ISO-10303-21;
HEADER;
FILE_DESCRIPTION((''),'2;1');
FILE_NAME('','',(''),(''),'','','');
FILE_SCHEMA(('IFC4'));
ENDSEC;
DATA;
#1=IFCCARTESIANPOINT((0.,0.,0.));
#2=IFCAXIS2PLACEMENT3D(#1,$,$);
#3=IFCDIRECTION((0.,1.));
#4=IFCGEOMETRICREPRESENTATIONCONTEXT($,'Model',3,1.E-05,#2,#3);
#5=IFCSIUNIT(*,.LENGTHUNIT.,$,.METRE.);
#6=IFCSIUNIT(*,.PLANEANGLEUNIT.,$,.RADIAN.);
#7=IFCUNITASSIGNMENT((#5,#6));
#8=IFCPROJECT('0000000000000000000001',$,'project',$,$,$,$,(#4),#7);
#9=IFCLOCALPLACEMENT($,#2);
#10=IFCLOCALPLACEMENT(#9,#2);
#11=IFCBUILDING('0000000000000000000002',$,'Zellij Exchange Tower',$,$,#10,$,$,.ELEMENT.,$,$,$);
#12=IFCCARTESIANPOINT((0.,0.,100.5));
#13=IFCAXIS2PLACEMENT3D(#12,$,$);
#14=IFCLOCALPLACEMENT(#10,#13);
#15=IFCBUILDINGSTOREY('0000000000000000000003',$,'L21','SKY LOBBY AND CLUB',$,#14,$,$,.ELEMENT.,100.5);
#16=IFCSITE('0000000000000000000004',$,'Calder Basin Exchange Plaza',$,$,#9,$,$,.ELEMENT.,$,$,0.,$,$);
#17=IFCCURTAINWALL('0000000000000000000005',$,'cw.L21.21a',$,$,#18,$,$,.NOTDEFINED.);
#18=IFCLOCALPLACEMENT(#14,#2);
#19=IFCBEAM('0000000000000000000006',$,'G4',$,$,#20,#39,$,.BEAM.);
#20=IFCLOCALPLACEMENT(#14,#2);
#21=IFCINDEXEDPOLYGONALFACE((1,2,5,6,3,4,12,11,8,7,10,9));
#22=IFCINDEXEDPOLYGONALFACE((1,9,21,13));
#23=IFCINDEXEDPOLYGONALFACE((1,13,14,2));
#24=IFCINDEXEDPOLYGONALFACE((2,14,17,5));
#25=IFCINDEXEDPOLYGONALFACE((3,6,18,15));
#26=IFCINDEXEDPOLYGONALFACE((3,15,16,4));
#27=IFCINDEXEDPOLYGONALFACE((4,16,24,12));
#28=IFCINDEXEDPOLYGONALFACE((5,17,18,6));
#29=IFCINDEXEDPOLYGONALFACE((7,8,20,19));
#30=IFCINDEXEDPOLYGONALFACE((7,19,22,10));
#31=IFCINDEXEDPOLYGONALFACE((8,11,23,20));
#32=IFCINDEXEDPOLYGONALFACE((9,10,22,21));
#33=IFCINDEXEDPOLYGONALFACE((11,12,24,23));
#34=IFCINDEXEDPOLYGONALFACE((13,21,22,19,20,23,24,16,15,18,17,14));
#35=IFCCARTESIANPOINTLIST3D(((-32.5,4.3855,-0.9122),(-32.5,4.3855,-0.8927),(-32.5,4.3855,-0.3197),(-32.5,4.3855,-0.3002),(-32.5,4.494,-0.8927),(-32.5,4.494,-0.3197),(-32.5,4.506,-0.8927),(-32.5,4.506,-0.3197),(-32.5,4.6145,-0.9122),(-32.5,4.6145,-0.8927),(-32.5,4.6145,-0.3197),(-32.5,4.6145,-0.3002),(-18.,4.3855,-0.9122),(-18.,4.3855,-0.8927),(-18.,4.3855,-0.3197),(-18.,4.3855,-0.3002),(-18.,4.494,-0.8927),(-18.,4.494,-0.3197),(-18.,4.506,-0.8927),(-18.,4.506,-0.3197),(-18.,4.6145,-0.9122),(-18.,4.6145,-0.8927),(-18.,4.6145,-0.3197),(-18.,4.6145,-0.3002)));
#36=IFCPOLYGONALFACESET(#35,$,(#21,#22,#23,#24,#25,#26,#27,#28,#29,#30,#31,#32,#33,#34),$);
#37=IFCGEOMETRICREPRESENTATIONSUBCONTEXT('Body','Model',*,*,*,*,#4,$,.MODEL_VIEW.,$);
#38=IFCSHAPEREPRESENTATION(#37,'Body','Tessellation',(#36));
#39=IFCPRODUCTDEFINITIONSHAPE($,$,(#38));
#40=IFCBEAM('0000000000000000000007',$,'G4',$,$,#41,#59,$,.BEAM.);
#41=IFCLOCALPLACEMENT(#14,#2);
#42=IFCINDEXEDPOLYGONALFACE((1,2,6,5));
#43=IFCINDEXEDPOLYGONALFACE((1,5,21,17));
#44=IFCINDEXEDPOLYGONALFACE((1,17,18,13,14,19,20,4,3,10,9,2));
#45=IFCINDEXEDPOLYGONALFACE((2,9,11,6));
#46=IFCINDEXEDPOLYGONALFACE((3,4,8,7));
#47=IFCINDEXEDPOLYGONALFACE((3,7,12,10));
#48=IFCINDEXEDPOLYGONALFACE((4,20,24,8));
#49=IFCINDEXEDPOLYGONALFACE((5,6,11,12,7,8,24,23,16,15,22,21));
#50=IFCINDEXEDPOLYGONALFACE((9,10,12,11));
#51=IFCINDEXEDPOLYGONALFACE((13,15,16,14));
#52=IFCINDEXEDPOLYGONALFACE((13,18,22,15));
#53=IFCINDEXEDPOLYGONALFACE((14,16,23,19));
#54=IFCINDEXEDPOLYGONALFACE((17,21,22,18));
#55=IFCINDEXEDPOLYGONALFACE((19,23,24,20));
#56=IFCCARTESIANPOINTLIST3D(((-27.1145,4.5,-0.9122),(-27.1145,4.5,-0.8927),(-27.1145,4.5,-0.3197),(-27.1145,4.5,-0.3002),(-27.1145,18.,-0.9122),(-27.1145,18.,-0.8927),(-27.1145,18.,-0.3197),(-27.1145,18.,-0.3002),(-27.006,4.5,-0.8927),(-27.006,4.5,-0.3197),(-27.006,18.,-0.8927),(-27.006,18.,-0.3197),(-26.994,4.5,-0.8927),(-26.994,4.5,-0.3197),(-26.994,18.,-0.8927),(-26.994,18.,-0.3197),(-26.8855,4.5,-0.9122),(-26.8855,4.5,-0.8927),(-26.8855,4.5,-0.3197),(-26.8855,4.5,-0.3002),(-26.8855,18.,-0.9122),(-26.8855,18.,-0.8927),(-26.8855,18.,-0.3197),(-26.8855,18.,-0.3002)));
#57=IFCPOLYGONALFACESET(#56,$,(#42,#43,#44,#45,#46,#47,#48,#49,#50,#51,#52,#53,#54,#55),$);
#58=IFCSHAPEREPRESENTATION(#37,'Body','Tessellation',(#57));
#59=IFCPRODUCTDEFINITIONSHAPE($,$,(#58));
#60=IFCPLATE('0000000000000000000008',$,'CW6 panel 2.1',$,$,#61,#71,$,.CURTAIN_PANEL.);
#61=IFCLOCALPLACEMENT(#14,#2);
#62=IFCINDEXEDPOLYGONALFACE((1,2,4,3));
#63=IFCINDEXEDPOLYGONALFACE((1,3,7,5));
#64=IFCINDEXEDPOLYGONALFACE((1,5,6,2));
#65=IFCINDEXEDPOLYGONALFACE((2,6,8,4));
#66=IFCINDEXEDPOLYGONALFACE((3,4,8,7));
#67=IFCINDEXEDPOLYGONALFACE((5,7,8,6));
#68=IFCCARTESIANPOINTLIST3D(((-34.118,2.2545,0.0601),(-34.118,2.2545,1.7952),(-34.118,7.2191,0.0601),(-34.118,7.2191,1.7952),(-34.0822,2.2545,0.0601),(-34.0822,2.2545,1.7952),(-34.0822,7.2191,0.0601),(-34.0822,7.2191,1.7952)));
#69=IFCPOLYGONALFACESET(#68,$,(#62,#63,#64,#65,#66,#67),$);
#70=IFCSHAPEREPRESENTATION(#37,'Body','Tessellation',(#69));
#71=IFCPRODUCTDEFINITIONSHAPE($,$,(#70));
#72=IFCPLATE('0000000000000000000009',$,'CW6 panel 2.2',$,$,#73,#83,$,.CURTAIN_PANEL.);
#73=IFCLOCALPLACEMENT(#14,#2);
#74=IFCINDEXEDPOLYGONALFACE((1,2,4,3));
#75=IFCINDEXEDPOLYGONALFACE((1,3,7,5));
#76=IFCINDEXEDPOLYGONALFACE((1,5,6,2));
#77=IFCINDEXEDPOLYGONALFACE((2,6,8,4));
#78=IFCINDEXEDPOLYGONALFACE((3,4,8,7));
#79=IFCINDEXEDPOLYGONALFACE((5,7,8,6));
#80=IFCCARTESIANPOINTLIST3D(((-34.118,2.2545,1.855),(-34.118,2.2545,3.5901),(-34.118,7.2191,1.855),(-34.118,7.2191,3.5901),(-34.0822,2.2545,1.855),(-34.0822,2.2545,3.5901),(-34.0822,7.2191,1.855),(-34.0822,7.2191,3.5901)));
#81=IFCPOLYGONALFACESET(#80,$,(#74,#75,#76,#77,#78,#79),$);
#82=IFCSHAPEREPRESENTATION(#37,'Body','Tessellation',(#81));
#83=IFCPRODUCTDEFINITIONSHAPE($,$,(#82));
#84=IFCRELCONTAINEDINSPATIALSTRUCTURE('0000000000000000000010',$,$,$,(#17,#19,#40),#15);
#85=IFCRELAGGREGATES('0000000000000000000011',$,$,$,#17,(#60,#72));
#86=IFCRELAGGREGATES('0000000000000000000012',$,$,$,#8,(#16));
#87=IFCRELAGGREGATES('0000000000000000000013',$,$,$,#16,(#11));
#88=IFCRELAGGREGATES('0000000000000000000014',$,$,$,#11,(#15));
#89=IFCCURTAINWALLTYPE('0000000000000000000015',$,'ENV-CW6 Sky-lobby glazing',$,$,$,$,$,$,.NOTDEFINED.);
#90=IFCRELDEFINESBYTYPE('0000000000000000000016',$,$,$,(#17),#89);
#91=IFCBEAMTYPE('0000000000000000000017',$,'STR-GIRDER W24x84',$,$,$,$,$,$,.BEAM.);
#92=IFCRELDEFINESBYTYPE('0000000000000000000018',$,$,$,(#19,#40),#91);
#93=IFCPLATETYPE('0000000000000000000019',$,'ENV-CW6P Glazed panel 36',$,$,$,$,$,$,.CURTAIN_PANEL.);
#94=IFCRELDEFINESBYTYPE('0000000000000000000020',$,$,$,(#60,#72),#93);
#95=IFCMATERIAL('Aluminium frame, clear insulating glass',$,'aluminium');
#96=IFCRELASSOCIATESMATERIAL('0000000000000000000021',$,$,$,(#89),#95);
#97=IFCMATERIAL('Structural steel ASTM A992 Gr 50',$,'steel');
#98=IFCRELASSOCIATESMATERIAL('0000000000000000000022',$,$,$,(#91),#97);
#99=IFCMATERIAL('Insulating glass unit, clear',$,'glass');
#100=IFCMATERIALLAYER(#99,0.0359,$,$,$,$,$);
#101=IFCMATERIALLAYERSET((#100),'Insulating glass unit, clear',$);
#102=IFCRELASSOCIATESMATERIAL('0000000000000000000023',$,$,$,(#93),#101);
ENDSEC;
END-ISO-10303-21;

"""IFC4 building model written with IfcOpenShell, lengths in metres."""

from ifc_helpers import new_model, si_unit, direction, frame, origin, origin_2d, place, context, subcontext, project, spatial, rectangle, i_section, extrude, material, layer, layer_set, material_profile, profile_set, type_object, element, aggregate, save


model = new_model("IFC4")

# Units and contexts
model_context = context("Model", 3, precision=1e-05, world=origin(), true_north=direction((0.0, 1.0)))
body_context = subcontext(model_context, "Body", "Model", "MODEL_VIEW")
ifc_project = project(units=[si_unit("LENGTHUNIT", "METRE"), si_unit("PLANEANGLEUNIT", "RADIAN")], contexts=[model_context])

# Site, building, storey
site_placement = place(None, origin())
site = spatial("IfcSite", under=ifc_project, at=site_placement, Name="Calder Basin Exchange Plaza", CompositionType="ELEMENT", RefElevation=0.0)
building_placement = place(site_placement, origin())
building = spatial("IfcBuilding", under=site, at=building_placement, Name="Zellij Exchange Tower", CompositionType="ELEMENT")
storey_placement = place(building_placement, frame((0.0, 0.0, 100.5)))
storey = spatial("IfcBuildingStorey", under=building, at=storey_placement, Name="L21", Description="SKY LOBBY AND CLUB", CompositionType="ELEMENT", Elevation=100.5)

# Curtain wall
ifc_material_1 = material(Name="Aluminium frame, clear insulating glass", Category="aluminium")
curtain_wall_type = type_object("IfcCurtainWallType", Name="ENV-CW6 Sky-lobby glazing", PredefinedType="NOTDEFINED", material=ifc_material_1)
curtain_wall_placement = place(storey_placement, origin())
curtain_wall = element("IfcCurtainWall", 1, at=curtain_wall_placement, inside=storey, type_object=curtain_wall_type, Name="cw.L21.21a", PredefinedType="NOTDEFINED")

# Beams
ifc_material_2 = material(Name="Structural steel ASTM A992 Gr 50", Category="steel")
ifc_material_profile_1 = material_profile(ifc_material_2, i_section(OverallWidth=0.229, OverallDepth=0.6121, WebThickness=0.012, FlangeThickness=0.0195, at=origin_2d()), Name="W24x84")
ifc_profile_set_1 = profile_set([ifc_material_profile_1], Name="Structural steel ASTM A992 Gr 50")
beam_type_1 = type_object("IfcBeamType", Name="STR-GIRDER W24x84", PredefinedType="BEAM", material=ifc_profile_set_1)
beam_1_placement = place(storey_placement, frame((-32.5, 4.5, -0.6062), z_axis=(1.0, 0.0, 0.0), x_axis=(0.0, 1.0, 0.0)))
element("IfcBeam", 2, at=beam_1_placement, inside=storey, type_object=beam_type_1, Name="G4", PredefinedType="BEAM", context=body_context, shape_type="SweptSolid", body=[
    extrude(i_section(OverallWidth=0.229, OverallDepth=0.6121, WebThickness=0.012, FlangeThickness=0.0195, at=origin_2d()), origin(), (0.0, 0.0, 1.0), 14.5),
])
beam_2_placement = place(storey_placement, frame((-27.0, 4.5, -0.6062), z_axis=(0.0, 1.0, 0.0), x_axis=(-1.0, 0.0, 0.0)))
element("IfcBeam", 3, at=beam_2_placement, inside=storey, type_object=beam_type_1, Name="G4", PredefinedType="BEAM", context=body_context, shape_type="SweptSolid", body=[
    extrude(i_section(OverallWidth=0.229, OverallDepth=0.6121, WebThickness=0.012, FlangeThickness=0.0195, at=origin_2d()), origin(), (0.0, 0.0, 1.0), 13.5),
])

# Plates
ifc_material_3 = material(Name="Insulating glass unit, clear", Category="glass")
ifc_layer_1 = layer(ifc_material_3, 0.0359)
ifc_layer_set_1 = layer_set([ifc_layer_1], Name="Insulating glass unit, clear")
plate_type = type_object("IfcPlateType", Name="ENV-CW6P Glazed panel 36", PredefinedType="CURTAIN_PANEL", material=ifc_layer_set_1)
plate_1_placement = place(storey_placement, frame((-34.1001, 4.7368, 0.0601), z_axis=(0.0, 0.0, 1.0), x_axis=(0.0, -1.0, 0.0)))
plate_1 = element("IfcPlate", 4, at=plate_1_placement, type_object=plate_type, Name="CW6 panel 2.1", PredefinedType="CURTAIN_PANEL", context=body_context, shape_type="SweptSolid", body=[
    extrude(rectangle(XDim=4.9646, YDim=0.0359, at=origin_2d()), origin(), (0.0, 0.0, 1.0), 1.7351),
])
plate_2_placement = place(storey_placement, frame((-34.1001, 4.7368, 1.855), z_axis=(0.0, 0.0, 1.0), x_axis=(0.0, -1.0, 0.0)))
plate_2 = element("IfcPlate", 5, at=plate_2_placement, type_object=plate_type, Name="CW6 panel 2.2", PredefinedType="CURTAIN_PANEL", context=body_context, shape_type="SweptSolid", body=[
    extrude(rectangle(XDim=4.9646, YDim=0.0359, at=origin_2d()), origin(), (0.0, 0.0, 1.0), 1.7351),
])
aggregate(curtain_wall, [plate_1, plate_2])

save(model, "model.ifc")
